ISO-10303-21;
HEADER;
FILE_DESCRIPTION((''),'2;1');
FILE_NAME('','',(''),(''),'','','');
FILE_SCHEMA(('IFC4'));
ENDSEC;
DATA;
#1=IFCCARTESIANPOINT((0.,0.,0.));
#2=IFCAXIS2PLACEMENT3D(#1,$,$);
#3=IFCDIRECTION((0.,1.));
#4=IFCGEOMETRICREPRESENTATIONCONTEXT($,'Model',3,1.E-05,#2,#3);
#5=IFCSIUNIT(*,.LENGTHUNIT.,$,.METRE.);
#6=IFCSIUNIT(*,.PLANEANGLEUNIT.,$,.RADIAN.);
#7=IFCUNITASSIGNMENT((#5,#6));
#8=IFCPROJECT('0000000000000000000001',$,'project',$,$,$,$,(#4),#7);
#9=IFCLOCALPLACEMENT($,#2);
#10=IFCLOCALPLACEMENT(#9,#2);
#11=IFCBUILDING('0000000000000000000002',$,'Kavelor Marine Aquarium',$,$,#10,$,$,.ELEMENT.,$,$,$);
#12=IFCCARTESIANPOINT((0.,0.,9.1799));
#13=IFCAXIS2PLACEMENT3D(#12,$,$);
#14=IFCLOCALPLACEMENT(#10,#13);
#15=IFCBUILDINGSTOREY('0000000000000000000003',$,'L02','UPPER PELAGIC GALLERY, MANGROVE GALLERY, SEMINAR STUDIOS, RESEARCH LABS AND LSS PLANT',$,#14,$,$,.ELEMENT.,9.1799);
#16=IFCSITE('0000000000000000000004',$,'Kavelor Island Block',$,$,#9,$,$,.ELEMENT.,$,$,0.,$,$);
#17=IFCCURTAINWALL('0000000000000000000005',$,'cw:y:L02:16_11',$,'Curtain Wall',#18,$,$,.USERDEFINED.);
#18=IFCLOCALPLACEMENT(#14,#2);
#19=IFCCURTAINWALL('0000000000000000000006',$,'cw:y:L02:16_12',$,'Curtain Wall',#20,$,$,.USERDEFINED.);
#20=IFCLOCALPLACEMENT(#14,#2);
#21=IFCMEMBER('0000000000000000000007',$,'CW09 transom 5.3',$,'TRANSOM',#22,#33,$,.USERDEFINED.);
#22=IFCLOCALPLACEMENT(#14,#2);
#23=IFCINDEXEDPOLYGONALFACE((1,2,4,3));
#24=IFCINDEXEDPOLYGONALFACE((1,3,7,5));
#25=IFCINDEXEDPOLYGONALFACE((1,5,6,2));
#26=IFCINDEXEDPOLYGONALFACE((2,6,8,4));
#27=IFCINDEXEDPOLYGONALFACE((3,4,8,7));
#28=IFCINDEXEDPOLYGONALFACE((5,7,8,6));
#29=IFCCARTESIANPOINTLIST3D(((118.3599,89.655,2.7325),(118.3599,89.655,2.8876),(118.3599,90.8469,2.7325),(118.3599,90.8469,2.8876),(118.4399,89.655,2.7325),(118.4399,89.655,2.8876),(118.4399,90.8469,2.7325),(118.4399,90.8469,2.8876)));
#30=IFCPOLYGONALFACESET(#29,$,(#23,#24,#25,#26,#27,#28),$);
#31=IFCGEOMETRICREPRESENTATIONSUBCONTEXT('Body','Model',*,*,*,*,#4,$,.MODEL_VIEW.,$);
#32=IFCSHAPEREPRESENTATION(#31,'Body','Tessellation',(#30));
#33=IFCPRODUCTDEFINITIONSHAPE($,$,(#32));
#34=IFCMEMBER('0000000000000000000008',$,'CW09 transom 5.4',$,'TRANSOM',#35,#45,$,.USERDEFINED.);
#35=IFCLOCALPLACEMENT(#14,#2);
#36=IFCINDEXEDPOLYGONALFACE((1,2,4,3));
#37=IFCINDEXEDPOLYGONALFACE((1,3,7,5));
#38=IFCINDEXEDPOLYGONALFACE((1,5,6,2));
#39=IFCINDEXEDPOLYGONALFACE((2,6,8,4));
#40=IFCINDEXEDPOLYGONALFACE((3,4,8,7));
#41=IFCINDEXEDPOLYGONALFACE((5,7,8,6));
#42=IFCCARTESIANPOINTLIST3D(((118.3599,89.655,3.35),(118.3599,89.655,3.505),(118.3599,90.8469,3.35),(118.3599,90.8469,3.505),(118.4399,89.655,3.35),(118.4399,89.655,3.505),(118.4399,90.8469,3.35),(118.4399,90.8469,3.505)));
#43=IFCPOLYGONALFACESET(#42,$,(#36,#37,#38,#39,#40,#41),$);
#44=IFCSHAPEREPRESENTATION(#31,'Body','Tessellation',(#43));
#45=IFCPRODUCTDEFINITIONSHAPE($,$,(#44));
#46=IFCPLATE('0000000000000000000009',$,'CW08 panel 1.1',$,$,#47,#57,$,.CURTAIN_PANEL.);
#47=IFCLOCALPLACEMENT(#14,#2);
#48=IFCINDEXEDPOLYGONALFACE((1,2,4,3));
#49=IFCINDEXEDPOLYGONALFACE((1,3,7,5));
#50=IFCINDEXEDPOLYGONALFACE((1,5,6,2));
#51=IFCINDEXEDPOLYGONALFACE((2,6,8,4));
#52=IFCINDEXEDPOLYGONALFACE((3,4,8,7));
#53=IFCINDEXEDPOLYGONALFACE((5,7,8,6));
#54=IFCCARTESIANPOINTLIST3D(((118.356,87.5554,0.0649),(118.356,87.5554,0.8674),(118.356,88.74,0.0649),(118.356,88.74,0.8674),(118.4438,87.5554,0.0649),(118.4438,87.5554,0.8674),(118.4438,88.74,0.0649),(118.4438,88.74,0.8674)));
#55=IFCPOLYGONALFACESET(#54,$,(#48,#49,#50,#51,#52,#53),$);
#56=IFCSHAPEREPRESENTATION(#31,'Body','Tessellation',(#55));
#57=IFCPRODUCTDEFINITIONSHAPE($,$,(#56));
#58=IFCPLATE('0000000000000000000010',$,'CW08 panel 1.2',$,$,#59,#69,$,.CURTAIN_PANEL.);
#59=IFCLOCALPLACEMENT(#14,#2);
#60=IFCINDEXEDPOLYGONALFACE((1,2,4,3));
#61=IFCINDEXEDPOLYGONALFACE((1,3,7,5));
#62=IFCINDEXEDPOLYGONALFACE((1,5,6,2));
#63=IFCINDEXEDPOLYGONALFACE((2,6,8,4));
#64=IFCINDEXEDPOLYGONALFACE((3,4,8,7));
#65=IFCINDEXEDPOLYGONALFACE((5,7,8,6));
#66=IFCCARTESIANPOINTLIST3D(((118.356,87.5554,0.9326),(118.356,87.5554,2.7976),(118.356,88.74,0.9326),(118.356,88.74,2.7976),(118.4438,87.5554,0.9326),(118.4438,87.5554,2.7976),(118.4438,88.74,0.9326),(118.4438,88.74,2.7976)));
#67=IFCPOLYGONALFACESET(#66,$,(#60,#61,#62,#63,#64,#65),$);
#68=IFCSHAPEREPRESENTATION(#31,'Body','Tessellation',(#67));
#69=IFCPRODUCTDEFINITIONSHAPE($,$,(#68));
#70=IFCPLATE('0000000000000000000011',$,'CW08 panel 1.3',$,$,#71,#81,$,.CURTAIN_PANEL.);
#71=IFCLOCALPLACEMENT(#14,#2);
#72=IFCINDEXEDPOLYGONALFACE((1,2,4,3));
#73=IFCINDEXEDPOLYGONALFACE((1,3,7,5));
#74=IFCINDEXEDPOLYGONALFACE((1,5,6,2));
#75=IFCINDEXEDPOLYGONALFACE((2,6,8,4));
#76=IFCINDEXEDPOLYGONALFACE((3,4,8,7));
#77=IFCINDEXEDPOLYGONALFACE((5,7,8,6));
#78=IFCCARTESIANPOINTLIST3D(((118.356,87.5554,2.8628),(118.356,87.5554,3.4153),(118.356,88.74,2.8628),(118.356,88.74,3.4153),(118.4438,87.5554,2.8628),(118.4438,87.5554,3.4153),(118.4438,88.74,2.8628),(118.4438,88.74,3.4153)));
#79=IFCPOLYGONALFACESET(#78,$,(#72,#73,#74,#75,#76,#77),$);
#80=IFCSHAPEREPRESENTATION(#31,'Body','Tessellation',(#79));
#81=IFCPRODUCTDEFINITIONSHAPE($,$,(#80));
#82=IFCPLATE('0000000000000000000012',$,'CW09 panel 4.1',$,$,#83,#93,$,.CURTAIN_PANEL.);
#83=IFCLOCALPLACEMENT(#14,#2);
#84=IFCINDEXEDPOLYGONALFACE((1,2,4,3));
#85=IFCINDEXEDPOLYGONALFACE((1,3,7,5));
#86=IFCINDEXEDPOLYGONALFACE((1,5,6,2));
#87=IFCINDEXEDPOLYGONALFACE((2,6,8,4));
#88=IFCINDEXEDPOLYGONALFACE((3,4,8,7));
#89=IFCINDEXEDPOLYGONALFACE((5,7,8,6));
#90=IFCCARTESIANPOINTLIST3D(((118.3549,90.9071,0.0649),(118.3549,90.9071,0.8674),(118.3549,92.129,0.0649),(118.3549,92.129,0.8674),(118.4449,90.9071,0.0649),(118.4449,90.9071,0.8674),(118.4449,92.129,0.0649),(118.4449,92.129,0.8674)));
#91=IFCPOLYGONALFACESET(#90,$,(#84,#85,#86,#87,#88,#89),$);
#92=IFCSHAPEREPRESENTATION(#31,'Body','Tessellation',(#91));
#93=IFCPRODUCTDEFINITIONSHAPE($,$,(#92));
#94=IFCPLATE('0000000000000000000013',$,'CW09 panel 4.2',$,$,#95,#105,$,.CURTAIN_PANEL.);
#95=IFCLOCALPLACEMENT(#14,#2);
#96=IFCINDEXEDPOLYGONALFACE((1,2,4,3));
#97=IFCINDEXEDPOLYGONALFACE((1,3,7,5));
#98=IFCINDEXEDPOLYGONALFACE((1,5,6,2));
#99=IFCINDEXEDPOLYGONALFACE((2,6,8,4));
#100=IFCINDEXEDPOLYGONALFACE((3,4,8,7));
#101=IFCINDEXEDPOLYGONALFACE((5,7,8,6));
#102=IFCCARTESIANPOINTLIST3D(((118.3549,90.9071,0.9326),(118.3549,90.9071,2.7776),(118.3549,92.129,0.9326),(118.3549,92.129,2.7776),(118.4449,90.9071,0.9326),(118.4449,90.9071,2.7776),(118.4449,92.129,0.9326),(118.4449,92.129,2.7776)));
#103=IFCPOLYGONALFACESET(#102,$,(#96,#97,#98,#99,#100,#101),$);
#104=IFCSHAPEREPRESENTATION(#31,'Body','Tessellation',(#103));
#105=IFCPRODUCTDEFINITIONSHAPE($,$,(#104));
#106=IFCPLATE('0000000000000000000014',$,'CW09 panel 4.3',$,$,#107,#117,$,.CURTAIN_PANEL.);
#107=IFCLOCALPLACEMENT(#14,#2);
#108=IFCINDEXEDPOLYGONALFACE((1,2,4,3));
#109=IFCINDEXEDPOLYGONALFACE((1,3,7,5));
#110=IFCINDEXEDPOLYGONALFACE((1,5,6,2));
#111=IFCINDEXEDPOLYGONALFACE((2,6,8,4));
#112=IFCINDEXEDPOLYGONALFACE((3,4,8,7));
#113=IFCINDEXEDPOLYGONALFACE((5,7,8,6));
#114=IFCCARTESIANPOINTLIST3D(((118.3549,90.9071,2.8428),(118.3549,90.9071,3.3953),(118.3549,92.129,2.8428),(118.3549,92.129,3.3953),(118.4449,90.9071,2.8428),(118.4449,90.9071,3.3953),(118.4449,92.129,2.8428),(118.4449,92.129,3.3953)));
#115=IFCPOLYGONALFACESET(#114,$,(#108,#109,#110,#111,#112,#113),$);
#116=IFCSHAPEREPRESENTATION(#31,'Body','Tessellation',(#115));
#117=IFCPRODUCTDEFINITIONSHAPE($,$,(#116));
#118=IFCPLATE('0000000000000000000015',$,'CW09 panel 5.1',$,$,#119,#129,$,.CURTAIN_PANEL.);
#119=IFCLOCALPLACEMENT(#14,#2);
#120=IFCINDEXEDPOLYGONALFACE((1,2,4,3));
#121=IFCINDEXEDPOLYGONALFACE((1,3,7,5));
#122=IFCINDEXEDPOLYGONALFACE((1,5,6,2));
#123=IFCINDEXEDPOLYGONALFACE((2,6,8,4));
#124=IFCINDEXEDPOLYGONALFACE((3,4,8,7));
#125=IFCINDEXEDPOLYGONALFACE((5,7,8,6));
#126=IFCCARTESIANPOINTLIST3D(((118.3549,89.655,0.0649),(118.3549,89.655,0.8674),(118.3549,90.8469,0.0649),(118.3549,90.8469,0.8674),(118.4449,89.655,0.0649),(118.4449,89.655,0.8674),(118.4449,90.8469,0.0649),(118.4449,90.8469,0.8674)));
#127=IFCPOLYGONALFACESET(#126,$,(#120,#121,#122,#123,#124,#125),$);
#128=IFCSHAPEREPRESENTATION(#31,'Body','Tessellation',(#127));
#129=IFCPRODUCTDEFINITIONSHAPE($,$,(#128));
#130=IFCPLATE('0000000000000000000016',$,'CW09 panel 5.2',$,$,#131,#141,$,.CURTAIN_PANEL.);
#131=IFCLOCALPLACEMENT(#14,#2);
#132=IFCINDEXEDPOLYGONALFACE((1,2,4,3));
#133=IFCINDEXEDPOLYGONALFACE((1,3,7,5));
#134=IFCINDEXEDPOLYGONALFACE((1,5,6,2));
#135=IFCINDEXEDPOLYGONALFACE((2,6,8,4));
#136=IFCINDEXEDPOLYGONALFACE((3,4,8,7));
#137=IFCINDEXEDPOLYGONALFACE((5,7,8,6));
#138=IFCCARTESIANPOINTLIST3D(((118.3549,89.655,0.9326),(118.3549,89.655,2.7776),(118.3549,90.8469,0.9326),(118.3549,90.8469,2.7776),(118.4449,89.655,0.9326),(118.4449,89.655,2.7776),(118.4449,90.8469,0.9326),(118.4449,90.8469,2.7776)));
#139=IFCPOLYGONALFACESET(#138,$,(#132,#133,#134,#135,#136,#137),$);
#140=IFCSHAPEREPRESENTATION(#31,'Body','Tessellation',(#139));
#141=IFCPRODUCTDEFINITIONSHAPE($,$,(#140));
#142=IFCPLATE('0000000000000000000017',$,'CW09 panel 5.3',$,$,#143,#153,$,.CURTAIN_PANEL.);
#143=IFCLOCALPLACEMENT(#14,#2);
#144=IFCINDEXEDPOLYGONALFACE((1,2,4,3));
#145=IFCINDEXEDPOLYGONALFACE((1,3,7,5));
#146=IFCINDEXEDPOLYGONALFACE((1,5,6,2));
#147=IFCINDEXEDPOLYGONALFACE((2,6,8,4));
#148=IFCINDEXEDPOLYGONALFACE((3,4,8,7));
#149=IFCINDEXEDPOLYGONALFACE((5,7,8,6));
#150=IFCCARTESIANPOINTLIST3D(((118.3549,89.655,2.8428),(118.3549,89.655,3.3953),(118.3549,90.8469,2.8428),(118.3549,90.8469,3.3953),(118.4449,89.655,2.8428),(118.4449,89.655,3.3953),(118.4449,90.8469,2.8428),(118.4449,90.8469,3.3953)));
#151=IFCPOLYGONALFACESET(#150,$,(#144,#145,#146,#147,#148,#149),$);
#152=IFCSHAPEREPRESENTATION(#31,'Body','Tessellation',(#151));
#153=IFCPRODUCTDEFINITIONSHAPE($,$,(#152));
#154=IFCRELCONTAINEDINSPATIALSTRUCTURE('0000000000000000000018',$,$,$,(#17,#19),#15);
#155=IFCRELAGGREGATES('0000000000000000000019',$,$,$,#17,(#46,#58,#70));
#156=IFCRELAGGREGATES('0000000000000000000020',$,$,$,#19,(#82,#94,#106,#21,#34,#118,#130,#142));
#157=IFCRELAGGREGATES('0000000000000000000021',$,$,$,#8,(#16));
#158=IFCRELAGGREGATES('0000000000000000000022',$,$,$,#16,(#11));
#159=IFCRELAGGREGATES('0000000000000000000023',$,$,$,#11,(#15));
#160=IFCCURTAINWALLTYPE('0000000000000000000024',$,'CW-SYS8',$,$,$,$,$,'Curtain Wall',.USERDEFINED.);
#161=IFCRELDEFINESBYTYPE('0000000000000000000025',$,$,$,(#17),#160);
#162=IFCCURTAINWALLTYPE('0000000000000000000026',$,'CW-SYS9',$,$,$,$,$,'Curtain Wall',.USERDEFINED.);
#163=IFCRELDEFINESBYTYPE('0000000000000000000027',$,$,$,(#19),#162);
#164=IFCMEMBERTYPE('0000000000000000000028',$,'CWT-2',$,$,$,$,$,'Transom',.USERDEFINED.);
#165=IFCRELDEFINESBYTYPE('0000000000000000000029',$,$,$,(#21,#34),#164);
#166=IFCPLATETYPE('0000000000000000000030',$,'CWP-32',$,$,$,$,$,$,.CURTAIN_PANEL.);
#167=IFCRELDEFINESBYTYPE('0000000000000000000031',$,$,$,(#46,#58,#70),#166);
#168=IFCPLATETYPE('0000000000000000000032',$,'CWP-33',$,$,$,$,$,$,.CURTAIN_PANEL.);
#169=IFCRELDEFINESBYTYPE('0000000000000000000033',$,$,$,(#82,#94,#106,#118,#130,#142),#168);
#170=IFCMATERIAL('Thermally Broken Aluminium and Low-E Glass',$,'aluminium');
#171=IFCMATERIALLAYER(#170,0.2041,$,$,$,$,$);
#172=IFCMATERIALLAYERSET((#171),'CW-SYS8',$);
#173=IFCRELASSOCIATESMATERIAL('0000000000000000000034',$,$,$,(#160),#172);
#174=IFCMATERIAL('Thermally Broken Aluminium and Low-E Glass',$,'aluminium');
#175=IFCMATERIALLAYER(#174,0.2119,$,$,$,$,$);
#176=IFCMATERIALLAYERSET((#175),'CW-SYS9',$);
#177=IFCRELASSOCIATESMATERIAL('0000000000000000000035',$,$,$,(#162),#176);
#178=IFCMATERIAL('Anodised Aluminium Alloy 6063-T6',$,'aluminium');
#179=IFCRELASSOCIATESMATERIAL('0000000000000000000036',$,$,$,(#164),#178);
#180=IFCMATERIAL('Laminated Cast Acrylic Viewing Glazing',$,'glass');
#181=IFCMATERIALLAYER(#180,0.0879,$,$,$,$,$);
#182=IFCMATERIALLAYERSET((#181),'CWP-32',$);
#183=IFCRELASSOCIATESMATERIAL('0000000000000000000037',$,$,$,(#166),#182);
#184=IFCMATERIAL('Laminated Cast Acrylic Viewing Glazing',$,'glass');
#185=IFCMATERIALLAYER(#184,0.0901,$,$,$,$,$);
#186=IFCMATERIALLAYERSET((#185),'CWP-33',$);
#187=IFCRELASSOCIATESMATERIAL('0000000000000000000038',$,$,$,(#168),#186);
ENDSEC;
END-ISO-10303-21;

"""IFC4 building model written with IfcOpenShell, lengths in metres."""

from ifc_helpers import new_model, si_unit, direction, frame, origin, origin_2d, place, context, subcontext, project, spatial, rectangle, extrude, material, layer, layer_set, material_profile, profile_set, type_object, element, aggregate, save


model = new_model("IFC4")

# Units and contexts
model_context = context("Model", 3, precision=1e-05, world=origin(), true_north=direction((0.0, 1.0)))
body_context = subcontext(model_context, "Body", "Model", "MODEL_VIEW")
ifc_project = project(units=[si_unit("LENGTHUNIT", "METRE"), si_unit("PLANEANGLEUNIT", "RADIAN")], contexts=[model_context])

# Site, building, storey
site_placement = place(None, origin())
site = spatial("IfcSite", under=ifc_project, at=site_placement, Name="Kavelor Island Block", CompositionType="ELEMENT", RefElevation=0.0)
building_placement = place(site_placement, origin())
building = spatial("IfcBuilding", under=site, at=building_placement, Name="Kavelor Marine Aquarium", CompositionType="ELEMENT")
storey_placement = place(building_placement, frame((0.0, 0.0, 9.1799)))
storey = spatial("IfcBuildingStorey", under=building, at=storey_placement, Name="L02", Description="UPPER PELAGIC GALLERY, MANGROVE GALLERY, SEMINAR STUDIOS, RESEARCH LABS AND LSS PLANT", CompositionType="ELEMENT", Elevation=9.1799)

# Curtain wall
ifc_material_1 = material(Name="Thermally Broken Aluminium and Low-E Glass", Category="aluminium")
ifc_layer_1 = layer(ifc_material_1, 0.2041)
ifc_layer_set_1 = layer_set([ifc_layer_1], Name="CW-SYS8")
curtain_wall_type_1 = type_object("IfcCurtainWallType", Name="CW-SYS8", ElementType="Curtain Wall", PredefinedType="USERDEFINED", material=ifc_layer_set_1)
curtain_wall_1_placement = place(storey_placement, origin())
curtain_wall_1 = element("IfcCurtainWall", 1, at=curtain_wall_1_placement, inside=storey, type_object=curtain_wall_type_1, Name="cw:y:L02:16_11", ObjectType="Curtain Wall", PredefinedType="USERDEFINED")

# Curtain wall
ifc_material_2 = material(Name="Thermally Broken Aluminium and Low-E Glass", Category="aluminium")
ifc_layer_2 = layer(ifc_material_2, 0.2119)
ifc_layer_set_2 = layer_set([ifc_layer_2], Name="CW-SYS9")
curtain_wall_type_2 = type_object("IfcCurtainWallType", Name="CW-SYS9", ElementType="Curtain Wall", PredefinedType="USERDEFINED", material=ifc_layer_set_2)
curtain_wall_2_placement = place(storey_placement, origin())
curtain_wall_2 = element("IfcCurtainWall", 2, at=curtain_wall_2_placement, inside=storey, type_object=curtain_wall_type_2, Name="cw:y:L02:16_12", ObjectType="Curtain Wall", PredefinedType="USERDEFINED")

# Members
ifc_material_3 = material(Name="Anodised Aluminium Alloy 6063-T6", Category="aluminium")
ifc_material_profile_1 = material_profile(ifc_material_3, rectangle(XDim=0.0801, YDim=0.155, at=origin_2d()), Name="CW-TRN 80x155")
ifc_profile_set_1 = profile_set([ifc_material_profile_1], Name="Anodised Aluminium Alloy 6063-T6")
member_type_1 = type_object("IfcMemberType", Name="CWT-2", ElementType="Transom", PredefinedType="USERDEFINED", material=ifc_profile_set_1)
member_1_placement = place(storey_placement, frame((118.3999, 90.8469, 2.8101), z_axis=(0.0, -1.0, 0.0), x_axis=(1.0, 0.0, 0.0)))
member_1 = element("IfcMember", 3, at=member_1_placement, type_object=member_type_1, Name="CW09 transom 5.3", ObjectType="TRANSOM", PredefinedType="USERDEFINED", context=body_context, shape_type="SweptSolid", body=[
    extrude(rectangle(XDim=0.0801, YDim=0.155, at=origin_2d()), origin(), (0.0, 0.0, 1.0), 1.1919),
])
member_2_placement = place(storey_placement, frame((118.3999, 90.8469, 3.4275), z_axis=(0.0, -1.0, 0.0), x_axis=(1.0, 0.0, 0.0)))
member_2 = element("IfcMember", 4, at=member_2_placement, type_object=member_type_1, Name="CW09 transom 5.4", ObjectType="TRANSOM", PredefinedType="USERDEFINED", context=body_context, shape_type="SweptSolid", body=[
    extrude(rectangle(XDim=0.0801, YDim=0.155, at=origin_2d()), origin(), (0.0, 0.0, 1.0), 1.1919),
])

# Plates
ifc_material_4 = material(Name="Laminated Cast Acrylic Viewing Glazing", Category="glass")
ifc_layer_3 = layer(ifc_material_4, 0.0879)
ifc_layer_set_3 = layer_set([ifc_layer_3], Name="CWP-32")
plate_type_1 = type_object("IfcPlateType", Name="CWP-32", PredefinedType="CURTAIN_PANEL", material=ifc_layer_set_3)
plate_1_placement = place(storey_placement, frame((118.3999, 88.1477, 0.0649), z_axis=(0.0, 0.0, 1.0), x_axis=(0.0, -1.0, 0.0)))
plate_1 = element("IfcPlate", 5, at=plate_1_placement, type_object=plate_type_1, Name="CW08 panel 1.1", PredefinedType="CURTAIN_PANEL", context=body_context, shape_type="SweptSolid", body=[
    extrude(rectangle(XDim=1.1846, YDim=0.0879, at=origin_2d()), origin(), (0.0, 0.0, 1.0), 0.8025),
])
plate_2_placement = place(storey_placement, frame((118.3999, 88.1477, 0.9326), z_axis=(0.0, 0.0, 1.0), x_axis=(0.0, -1.0, 0.0)))
plate_2 = element("IfcPlate", 6, at=plate_2_placement, type_object=plate_type_1, Name="CW08 panel 1.2", PredefinedType="CURTAIN_PANEL", context=body_context, shape_type="SweptSolid", body=[
    extrude(rectangle(XDim=1.1846, YDim=0.0879, at=origin_2d()), origin(), (0.0, 0.0, 1.0), 1.865),
])
plate_3_placement = place(storey_placement, frame((118.3999, 88.1477, 2.8628), z_axis=(0.0, 0.0, 1.0), x_axis=(0.0, -1.0, 0.0)))
plate_3 = element("IfcPlate", 7, at=plate_3_placement, type_object=plate_type_1, Name="CW08 panel 1.3", PredefinedType="CURTAIN_PANEL", context=body_context, shape_type="SweptSolid", body=[
    extrude(rectangle(XDim=1.1846, YDim=0.0879, at=origin_2d()), origin(), (0.0, 0.0, 1.0), 0.5525),
])
aggregate(curtain_wall_1, [plate_1, plate_2, plate_3])
ifc_material_5 = material(Name="Laminated Cast Acrylic Viewing Glazing", Category="glass")
ifc_layer_4 = layer(ifc_material_5, 0.0901)
ifc_layer_set_4 = layer_set([ifc_layer_4], Name="CWP-33")
plate_type_2 = type_object("IfcPlateType", Name="CWP-33", PredefinedType="CURTAIN_PANEL", material=ifc_layer_set_4)
plate_4_placement = place(storey_placement, frame((118.3999, 91.5181, 0.0649), z_axis=(0.0, 0.0, 1.0), x_axis=(0.0, -1.0, 0.0)))
plate_4 = element("IfcPlate", 8, at=plate_4_placement, type_object=plate_type_2, Name="CW09 panel 4.1", PredefinedType="CURTAIN_PANEL", context=body_context, shape_type="SweptSolid", body=[
    extrude(rectangle(XDim=1.2219, YDim=0.0901, at=origin_2d()), origin(), (0.0, 0.0, 1.0), 0.8025),
])
plate_5_placement = place(storey_placement, frame((118.3999, 91.5181, 0.9326), z_axis=(0.0, 0.0, 1.0), x_axis=(0.0, -1.0, 0.0)))
plate_5 = element("IfcPlate", 9, at=plate_5_placement, type_object=plate_type_2, Name="CW09 panel 4.2", PredefinedType="CURTAIN_PANEL", context=body_context, shape_type="SweptSolid", body=[
    extrude(rectangle(XDim=1.2219, YDim=0.0901, at=origin_2d()), origin(), (0.0, 0.0, 1.0), 1.845),
])
plate_6_placement = place(storey_placement, frame((118.3999, 91.5181, 2.8428), z_axis=(0.0, 0.0, 1.0), x_axis=(0.0, -1.0, 0.0)))
plate_6 = element("IfcPlate", 10, at=plate_6_placement, type_object=plate_type_2, Name="CW09 panel 4.3", PredefinedType="CURTAIN_PANEL", context=body_context, shape_type="SweptSolid", body=[
    extrude(rectangle(XDim=1.2219, YDim=0.0901, at=origin_2d()), origin(), (0.0, 0.0, 1.0), 0.5525),
])
plate_7_placement = place(storey_placement, frame((118.3999, 90.251, 0.0649), z_axis=(0.0, 0.0, 1.0), x_axis=(0.0, -1.0, 0.0)))
plate_7 = element("IfcPlate", 11, at=plate_7_placement, type_object=plate_type_2, Name="CW09 panel 5.1", PredefinedType="CURTAIN_PANEL", context=body_context, shape_type="SweptSolid", body=[
    extrude(rectangle(XDim=1.1919, YDim=0.0901, at=origin_2d()), origin(), (0.0, 0.0, 1.0), 0.8025),
])
plate_8_placement = place(storey_placement, frame((118.3999, 90.251, 0.9326), z_axis=(0.0, 0.0, 1.0), x_axis=(0.0, -1.0, 0.0)))
plate_8 = element("IfcPlate", 12, at=plate_8_placement, type_object=plate_type_2, Name="CW09 panel 5.2", PredefinedType="CURTAIN_PANEL", context=body_context, shape_type="SweptSolid", body=[
    extrude(rectangle(XDim=1.1919, YDim=0.0901, at=origin_2d()), origin(), (0.0, 0.0, 1.0), 1.845),
])
plate_9_placement = place(storey_placement, frame((118.3999, 90.251, 2.8428), z_axis=(0.0, 0.0, 1.0), x_axis=(0.0, -1.0, 0.0)))
plate_9 = element("IfcPlate", 13, at=plate_9_placement, type_object=plate_type_2, Name="CW09 panel 5.3", PredefinedType="CURTAIN_PANEL", context=body_context, shape_type="SweptSolid", body=[
    extrude(rectangle(XDim=1.1919, YDim=0.0901, at=origin_2d()), origin(), (0.0, 0.0, 1.0), 0.5525),
])
aggregate(curtain_wall_2, [plate_4, plate_5, plate_6, member_1, member_2, plate_7, plate_8, plate_9])

save(model, "model.ifc")
